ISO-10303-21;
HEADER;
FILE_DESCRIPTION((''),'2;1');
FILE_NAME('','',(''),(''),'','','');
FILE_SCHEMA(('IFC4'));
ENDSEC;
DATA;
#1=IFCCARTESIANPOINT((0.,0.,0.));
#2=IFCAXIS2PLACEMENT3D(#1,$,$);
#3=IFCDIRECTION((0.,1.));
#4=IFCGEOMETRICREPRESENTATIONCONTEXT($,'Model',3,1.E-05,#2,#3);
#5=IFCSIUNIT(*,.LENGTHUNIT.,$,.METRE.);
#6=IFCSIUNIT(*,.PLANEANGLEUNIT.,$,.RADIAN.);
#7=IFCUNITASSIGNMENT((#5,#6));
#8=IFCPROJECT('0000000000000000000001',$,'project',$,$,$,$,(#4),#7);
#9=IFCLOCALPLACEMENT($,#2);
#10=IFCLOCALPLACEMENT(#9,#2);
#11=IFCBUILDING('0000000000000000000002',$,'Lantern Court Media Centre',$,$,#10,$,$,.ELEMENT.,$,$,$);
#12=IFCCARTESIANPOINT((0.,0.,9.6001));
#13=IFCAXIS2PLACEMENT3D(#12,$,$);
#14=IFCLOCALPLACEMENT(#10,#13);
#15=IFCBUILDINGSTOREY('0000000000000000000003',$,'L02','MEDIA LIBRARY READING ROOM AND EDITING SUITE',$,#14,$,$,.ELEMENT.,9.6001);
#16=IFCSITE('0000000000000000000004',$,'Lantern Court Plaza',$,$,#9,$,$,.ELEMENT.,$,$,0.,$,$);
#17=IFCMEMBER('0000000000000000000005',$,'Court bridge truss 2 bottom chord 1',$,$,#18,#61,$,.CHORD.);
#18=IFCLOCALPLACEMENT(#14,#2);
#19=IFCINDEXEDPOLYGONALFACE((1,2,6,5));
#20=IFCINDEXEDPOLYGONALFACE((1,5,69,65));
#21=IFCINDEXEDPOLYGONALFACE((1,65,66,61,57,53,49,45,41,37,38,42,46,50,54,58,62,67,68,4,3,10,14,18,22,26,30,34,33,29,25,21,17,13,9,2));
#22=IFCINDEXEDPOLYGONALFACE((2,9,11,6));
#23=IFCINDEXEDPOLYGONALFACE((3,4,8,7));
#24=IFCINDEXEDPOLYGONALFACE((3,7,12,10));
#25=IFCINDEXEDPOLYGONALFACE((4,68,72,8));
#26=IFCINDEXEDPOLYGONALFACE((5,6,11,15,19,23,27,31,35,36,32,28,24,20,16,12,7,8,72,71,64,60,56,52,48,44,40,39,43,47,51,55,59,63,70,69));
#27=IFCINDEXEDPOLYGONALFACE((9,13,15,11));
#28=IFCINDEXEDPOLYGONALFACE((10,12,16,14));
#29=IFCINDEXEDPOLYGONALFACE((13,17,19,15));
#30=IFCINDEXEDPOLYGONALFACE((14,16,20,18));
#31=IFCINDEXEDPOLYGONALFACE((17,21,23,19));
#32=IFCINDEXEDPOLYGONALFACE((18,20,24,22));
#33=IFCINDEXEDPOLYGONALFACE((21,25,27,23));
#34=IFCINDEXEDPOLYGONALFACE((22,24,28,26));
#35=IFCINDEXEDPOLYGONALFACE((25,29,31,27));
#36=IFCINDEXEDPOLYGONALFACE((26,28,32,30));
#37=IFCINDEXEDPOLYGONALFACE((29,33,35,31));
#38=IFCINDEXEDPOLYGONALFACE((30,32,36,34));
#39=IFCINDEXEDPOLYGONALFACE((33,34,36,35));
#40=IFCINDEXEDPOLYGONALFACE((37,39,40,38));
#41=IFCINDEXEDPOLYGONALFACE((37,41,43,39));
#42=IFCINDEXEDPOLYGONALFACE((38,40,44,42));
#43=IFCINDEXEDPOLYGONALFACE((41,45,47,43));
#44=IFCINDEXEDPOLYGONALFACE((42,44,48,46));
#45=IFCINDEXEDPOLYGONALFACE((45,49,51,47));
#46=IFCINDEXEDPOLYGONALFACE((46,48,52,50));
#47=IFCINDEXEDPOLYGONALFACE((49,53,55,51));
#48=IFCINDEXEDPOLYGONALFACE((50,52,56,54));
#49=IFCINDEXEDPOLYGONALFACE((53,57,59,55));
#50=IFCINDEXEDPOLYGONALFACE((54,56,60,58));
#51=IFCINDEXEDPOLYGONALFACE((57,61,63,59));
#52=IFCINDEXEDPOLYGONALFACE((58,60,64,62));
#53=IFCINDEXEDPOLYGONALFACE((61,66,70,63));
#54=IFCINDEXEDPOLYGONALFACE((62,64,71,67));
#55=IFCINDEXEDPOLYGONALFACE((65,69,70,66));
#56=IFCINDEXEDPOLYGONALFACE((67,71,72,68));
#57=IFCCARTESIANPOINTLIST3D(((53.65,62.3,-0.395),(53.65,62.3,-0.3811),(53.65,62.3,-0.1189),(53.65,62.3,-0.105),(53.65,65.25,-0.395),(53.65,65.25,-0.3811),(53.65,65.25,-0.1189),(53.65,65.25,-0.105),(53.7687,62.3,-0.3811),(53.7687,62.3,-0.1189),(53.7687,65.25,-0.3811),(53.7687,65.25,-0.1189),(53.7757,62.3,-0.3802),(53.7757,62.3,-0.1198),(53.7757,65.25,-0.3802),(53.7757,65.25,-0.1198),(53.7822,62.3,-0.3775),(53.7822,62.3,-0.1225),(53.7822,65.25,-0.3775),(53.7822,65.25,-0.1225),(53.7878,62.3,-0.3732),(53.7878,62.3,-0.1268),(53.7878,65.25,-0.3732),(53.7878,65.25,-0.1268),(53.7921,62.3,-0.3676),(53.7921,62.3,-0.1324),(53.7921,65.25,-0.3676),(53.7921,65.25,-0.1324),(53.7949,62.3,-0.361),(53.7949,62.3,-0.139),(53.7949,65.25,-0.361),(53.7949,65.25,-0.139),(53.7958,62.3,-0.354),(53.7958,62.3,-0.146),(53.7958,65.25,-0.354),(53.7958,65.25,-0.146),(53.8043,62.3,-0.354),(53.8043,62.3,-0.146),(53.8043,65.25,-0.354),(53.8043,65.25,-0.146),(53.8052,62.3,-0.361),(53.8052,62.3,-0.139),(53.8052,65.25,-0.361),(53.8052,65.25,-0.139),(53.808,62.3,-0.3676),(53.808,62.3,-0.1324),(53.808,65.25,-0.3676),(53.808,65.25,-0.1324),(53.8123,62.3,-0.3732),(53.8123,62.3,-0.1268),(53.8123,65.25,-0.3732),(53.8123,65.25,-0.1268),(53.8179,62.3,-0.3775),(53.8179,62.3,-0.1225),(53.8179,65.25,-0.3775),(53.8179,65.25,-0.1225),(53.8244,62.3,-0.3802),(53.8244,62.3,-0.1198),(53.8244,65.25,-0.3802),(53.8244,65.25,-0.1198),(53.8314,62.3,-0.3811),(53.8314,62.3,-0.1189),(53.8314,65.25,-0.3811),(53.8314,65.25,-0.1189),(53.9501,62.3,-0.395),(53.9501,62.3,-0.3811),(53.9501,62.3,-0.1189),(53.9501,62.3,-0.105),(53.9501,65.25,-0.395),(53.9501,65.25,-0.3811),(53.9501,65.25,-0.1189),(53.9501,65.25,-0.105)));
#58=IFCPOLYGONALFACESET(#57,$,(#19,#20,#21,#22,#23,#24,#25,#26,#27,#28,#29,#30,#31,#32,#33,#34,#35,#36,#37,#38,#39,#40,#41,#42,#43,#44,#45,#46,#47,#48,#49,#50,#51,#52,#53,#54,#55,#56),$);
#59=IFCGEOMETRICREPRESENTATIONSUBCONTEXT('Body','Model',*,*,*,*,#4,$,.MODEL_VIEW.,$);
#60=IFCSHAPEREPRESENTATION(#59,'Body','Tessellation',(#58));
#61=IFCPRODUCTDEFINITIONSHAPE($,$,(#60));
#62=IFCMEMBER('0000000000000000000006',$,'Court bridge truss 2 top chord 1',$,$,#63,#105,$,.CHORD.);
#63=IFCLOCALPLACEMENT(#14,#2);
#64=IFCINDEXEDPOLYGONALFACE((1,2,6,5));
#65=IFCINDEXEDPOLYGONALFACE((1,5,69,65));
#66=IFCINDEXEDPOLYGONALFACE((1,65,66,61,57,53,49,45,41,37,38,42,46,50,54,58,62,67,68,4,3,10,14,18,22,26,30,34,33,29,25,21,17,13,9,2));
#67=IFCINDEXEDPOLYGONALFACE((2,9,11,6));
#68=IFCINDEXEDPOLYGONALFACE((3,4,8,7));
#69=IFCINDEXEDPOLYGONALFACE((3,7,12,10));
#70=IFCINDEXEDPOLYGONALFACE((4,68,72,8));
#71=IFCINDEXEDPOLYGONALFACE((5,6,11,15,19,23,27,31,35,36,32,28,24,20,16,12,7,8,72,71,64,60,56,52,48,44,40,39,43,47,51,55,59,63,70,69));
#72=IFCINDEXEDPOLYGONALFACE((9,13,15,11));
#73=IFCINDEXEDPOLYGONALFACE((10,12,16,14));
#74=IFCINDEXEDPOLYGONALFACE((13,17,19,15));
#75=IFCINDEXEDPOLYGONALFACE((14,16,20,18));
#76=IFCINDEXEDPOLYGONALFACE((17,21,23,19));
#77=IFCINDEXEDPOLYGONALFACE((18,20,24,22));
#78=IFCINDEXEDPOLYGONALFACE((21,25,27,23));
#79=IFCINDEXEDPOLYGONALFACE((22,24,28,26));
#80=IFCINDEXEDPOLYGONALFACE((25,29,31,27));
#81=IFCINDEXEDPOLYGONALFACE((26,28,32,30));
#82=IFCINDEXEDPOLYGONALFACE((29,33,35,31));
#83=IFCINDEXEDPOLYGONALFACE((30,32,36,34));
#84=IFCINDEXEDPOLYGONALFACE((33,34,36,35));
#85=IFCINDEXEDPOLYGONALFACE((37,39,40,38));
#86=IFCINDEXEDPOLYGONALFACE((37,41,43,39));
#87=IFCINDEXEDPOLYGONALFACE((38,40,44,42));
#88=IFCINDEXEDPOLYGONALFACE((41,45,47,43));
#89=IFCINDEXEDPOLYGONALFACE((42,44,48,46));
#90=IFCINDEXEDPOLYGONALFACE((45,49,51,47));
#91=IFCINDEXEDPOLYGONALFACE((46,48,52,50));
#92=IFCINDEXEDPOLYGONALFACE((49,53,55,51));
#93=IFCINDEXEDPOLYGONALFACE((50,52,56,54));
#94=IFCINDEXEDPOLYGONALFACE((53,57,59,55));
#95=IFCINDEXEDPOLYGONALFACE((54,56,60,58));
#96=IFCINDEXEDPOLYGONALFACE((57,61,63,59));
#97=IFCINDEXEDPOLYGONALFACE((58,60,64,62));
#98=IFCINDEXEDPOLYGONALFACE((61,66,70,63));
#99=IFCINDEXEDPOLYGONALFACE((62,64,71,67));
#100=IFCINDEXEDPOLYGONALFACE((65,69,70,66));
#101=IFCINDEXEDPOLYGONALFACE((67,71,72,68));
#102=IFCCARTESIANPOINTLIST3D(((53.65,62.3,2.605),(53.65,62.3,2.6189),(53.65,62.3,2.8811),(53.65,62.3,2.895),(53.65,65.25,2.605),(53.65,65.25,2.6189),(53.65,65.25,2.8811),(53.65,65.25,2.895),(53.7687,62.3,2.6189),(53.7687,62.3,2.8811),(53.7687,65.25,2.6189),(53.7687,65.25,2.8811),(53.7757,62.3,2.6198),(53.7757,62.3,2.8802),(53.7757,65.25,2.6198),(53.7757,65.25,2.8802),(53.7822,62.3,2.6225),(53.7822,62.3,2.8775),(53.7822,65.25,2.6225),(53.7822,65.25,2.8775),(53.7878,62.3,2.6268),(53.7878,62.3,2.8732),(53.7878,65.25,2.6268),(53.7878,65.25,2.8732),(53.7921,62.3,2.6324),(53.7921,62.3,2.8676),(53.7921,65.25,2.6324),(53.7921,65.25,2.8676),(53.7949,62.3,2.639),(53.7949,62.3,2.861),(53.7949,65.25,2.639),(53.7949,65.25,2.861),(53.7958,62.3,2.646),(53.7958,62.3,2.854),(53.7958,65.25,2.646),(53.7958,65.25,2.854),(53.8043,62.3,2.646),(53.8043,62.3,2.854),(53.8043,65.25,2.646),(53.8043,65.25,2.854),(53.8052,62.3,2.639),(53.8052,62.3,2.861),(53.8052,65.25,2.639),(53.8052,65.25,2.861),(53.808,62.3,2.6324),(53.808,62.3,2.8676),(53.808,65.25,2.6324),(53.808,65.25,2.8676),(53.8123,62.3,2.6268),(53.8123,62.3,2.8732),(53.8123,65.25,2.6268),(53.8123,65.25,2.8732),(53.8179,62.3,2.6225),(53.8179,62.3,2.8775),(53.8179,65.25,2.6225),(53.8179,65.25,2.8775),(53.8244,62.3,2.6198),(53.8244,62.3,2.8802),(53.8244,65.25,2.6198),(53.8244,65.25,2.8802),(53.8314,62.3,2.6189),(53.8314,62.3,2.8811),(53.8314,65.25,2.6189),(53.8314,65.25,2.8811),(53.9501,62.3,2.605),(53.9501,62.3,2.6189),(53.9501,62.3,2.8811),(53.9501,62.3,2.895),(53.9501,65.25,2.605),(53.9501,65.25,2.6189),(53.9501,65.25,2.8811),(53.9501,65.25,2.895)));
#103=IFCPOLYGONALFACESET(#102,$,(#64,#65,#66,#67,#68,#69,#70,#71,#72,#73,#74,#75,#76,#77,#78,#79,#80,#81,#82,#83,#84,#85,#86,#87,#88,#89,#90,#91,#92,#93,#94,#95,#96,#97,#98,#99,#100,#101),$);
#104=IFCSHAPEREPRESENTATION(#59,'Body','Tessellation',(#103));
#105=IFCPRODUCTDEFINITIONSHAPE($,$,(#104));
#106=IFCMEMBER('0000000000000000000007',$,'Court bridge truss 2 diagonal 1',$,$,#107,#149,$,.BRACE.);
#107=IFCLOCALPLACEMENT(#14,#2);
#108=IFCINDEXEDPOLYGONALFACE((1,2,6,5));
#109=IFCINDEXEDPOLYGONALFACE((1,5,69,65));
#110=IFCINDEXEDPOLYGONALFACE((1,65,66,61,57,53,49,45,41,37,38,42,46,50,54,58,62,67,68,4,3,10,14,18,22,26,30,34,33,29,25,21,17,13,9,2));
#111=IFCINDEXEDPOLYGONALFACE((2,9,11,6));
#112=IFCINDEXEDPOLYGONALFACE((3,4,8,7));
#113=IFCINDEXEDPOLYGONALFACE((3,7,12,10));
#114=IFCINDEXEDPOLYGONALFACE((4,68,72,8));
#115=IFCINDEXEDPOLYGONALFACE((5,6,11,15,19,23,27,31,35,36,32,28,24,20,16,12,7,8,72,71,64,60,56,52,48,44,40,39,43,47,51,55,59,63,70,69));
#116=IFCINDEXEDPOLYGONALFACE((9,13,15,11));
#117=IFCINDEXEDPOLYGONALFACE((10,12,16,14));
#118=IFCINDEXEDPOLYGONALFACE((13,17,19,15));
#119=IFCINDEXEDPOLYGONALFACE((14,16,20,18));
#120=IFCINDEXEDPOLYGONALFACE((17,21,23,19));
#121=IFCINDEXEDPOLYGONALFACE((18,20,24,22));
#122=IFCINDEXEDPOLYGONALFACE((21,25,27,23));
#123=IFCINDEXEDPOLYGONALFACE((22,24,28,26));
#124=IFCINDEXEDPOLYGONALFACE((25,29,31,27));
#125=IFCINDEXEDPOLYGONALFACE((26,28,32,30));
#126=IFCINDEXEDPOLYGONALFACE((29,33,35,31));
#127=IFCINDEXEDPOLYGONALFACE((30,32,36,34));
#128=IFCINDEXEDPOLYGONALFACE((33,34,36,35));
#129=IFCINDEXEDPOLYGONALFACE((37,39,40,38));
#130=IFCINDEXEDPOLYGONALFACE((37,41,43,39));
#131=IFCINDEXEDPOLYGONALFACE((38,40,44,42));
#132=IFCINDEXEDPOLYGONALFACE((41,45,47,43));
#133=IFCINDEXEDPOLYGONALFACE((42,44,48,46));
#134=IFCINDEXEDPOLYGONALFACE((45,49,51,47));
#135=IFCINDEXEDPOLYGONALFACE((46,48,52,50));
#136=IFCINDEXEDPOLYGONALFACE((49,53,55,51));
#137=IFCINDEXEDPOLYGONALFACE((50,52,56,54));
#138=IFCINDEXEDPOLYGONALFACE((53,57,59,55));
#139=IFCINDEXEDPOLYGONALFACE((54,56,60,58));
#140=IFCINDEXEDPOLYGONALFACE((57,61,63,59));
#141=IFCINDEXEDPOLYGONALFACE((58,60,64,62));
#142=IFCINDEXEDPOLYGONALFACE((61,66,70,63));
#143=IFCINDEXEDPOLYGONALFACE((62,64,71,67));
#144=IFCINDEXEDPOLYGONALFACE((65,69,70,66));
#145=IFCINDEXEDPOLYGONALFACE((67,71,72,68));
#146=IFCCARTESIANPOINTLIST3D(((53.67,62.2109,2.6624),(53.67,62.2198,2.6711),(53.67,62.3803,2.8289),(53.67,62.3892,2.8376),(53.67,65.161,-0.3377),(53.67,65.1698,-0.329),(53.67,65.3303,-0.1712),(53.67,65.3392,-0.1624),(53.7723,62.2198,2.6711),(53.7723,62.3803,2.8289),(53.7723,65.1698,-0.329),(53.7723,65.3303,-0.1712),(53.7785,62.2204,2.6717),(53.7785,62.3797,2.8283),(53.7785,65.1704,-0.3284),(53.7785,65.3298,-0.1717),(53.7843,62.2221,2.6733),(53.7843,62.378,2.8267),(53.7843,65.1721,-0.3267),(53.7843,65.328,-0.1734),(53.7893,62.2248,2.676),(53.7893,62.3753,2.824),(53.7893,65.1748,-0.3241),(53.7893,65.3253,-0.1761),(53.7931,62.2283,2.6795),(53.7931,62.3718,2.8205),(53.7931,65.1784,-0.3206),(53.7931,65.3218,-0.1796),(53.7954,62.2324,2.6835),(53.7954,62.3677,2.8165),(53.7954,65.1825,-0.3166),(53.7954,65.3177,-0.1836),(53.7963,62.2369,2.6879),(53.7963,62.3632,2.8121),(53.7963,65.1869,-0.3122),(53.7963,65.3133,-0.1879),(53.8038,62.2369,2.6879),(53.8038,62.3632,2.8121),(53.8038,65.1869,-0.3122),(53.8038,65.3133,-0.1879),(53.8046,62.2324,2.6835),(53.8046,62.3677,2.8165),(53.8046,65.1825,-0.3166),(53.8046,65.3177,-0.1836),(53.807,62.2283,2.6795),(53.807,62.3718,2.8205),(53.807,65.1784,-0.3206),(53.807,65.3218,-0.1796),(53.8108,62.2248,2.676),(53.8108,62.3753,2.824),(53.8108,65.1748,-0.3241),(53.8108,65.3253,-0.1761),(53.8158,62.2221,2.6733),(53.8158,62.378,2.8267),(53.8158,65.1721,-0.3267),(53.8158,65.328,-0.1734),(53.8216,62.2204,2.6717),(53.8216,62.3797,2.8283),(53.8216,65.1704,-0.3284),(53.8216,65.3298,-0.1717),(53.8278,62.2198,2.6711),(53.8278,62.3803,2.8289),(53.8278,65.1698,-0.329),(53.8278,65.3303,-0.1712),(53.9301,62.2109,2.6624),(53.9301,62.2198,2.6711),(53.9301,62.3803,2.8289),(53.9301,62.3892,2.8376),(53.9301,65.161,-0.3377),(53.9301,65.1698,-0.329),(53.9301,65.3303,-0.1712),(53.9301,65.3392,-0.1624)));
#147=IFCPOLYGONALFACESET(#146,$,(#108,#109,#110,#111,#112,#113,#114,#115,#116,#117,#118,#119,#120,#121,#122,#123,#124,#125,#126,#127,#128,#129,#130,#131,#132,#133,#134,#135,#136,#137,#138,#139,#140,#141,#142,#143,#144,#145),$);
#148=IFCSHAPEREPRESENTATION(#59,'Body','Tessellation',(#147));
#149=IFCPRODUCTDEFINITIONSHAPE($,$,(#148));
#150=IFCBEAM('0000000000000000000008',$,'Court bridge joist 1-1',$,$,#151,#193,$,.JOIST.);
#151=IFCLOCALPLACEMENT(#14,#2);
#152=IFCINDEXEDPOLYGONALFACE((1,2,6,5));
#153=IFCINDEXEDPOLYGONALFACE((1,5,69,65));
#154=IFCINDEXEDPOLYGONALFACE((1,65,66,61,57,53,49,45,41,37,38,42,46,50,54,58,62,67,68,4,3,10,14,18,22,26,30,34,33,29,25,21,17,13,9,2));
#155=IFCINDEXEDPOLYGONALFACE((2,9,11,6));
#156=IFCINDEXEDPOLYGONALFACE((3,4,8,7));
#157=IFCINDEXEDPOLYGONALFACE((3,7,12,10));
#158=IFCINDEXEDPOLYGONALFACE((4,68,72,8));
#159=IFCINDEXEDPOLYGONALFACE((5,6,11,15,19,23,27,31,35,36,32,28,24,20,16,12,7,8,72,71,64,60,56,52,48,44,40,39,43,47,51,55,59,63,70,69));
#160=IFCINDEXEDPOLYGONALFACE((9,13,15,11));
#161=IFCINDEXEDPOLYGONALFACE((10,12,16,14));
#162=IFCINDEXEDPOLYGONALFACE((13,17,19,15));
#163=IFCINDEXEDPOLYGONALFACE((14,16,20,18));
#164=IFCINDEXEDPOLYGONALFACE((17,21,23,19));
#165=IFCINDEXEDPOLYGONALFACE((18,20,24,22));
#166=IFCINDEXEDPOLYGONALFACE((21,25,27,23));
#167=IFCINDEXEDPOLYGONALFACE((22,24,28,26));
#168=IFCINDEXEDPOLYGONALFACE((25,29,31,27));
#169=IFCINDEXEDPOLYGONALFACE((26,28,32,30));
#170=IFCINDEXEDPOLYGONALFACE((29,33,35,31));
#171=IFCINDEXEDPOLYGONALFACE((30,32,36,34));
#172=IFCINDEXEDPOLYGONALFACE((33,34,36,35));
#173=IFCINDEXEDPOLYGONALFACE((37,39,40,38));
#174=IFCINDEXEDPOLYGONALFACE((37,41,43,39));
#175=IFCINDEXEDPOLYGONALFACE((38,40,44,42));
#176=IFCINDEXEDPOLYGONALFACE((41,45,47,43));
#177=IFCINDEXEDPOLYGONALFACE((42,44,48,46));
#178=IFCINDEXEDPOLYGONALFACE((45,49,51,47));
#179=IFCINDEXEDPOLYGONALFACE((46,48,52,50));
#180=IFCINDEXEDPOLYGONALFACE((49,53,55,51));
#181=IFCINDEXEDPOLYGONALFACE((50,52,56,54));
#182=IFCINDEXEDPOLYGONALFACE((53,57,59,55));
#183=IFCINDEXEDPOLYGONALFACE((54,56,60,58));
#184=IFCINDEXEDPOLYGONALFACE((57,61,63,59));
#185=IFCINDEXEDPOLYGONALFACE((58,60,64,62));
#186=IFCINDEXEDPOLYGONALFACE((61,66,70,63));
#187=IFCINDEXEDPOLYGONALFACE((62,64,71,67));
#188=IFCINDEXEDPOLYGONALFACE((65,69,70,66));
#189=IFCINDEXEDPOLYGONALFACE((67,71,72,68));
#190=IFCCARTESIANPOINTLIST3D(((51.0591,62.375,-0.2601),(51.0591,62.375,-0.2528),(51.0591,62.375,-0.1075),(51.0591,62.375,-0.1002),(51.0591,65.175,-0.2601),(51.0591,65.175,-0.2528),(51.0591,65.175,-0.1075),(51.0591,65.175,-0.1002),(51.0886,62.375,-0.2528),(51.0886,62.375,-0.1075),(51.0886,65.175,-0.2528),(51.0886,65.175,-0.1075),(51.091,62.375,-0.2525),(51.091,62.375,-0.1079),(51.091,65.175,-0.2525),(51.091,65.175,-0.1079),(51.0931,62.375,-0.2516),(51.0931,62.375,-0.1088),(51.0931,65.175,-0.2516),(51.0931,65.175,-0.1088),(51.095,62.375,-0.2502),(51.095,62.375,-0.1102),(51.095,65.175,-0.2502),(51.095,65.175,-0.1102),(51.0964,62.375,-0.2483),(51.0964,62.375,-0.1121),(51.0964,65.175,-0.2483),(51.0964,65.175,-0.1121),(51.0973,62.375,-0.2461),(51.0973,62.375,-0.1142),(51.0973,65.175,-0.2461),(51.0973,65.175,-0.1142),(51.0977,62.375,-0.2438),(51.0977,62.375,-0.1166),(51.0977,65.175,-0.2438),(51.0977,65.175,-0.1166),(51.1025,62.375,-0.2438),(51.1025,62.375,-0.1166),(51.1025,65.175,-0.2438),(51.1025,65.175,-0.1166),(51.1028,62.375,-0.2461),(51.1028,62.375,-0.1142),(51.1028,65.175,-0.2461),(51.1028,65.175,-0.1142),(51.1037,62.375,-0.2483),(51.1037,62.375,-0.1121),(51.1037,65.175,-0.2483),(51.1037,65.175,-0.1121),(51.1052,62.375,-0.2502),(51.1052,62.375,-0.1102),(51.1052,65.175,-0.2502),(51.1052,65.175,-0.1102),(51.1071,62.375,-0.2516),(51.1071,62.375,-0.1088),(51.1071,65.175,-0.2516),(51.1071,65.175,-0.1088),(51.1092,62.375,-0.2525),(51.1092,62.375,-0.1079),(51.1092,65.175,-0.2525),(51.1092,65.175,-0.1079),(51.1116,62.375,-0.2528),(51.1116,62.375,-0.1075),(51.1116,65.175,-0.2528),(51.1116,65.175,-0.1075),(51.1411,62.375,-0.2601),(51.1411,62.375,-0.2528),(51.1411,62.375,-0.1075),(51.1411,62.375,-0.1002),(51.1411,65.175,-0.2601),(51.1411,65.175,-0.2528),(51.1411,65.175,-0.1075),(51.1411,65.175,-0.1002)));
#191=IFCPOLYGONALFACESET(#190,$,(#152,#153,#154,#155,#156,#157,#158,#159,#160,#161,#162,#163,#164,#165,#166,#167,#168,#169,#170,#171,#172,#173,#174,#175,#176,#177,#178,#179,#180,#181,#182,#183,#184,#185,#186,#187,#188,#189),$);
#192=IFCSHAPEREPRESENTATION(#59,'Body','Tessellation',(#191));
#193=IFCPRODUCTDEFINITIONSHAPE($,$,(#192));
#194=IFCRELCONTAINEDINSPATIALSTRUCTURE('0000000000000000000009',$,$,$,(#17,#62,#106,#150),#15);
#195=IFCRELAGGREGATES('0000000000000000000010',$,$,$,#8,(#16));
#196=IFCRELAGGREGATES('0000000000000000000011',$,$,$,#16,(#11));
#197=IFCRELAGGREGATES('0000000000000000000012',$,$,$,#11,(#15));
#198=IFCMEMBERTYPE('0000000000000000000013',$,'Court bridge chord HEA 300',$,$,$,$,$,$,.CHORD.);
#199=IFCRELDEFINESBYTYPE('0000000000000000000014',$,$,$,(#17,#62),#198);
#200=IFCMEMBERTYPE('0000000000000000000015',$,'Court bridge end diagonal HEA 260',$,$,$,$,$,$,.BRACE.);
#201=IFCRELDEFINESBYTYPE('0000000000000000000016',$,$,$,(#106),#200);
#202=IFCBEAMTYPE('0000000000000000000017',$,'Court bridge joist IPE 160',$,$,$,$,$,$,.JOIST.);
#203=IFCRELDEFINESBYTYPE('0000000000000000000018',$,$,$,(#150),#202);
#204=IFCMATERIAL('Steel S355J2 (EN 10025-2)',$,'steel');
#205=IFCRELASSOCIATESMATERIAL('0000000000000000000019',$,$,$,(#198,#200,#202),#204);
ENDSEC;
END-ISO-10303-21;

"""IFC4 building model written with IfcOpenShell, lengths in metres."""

from ifc_helpers import new_model, si_unit, direction, frame, origin, origin_2d, place, context, subcontext, project, spatial, i_section, extrude, material, material_profile, profile_set, type_object, element, save


model = new_model("IFC4")

# Units and contexts
model_context = context("Model", 3, precision=1e-05, world=origin(), true_north=direction((0.0, 1.0)))
body_context = subcontext(model_context, "Body", "Model", "MODEL_VIEW")
ifc_project = project(units=[si_unit("LENGTHUNIT", "METRE"), si_unit("PLANEANGLEUNIT", "RADIAN")], contexts=[model_context])

# Site, building, storey
site_placement = place(None, origin())
site = spatial("IfcSite", under=ifc_project, at=site_placement, Name="Lantern Court Plaza", CompositionType="ELEMENT", RefElevation=0.0)
building_placement = place(site_placement, origin())
building = spatial("IfcBuilding", under=site, at=building_placement, Name="Lantern Court Media Centre", CompositionType="ELEMENT")
storey_placement = place(building_placement, frame((0.0, 0.0, 9.6001)))
storey = spatial("IfcBuildingStorey", under=building, at=storey_placement, Name="L02", Description="MEDIA LIBRARY READING ROOM AND EDITING SUITE", CompositionType="ELEMENT", Elevation=9.6001)

# Members
ifc_material_1 = material(Name="Steel S355J2 (EN 10025-2)", Category="steel")
ifc_material_profile_1 = material_profile(ifc_material_1, i_section(OverallWidth=0.3, OverallDepth=0.29, WebThickness=0.0085, FlangeThickness=0.0139, FilletRadius=0.0271, at=origin_2d()), Name="HEA 300")
ifc_profile_set_1 = profile_set([ifc_material_profile_1], Name="Steel S355J2 (EN 10025-2)")
member_type_1 = type_object("IfcMemberType", Name="Court bridge chord HEA 300", PredefinedType="CHORD", material=ifc_profile_set_1)
for number, where, z_axis, x_axis, name in (
    (1, (53.8, 62.3, -0.25), (0.0, 1.0, 0.0), (-1.0, 0.0, 0.0), "Court bridge truss 2 bottom chord 1"),
    (2, (53.8, 62.3, 2.75), (0.0, 1.0, 0.0), (-1.0, 0.0, 0.0), "Court bridge truss 2 top chord 1"),
):
    element("IfcMember", number, at=place(storey_placement, frame(where, z_axis=z_axis, x_axis=x_axis)), inside=storey, type_object=member_type_1, Name=name, PredefinedType="CHORD", context=body_context, shape_type="SweptSolid", body=[
        extrude(i_section(OverallWidth=0.3, OverallDepth=0.29, WebThickness=0.0085, FlangeThickness=0.0139, FilletRadius=0.0271, at=origin_2d()), origin(), (0.0, 0.0, 1.0), 2.95),
    ])
ifc_material_profile_2 = material_profile(ifc_material_1, i_section(OverallWidth=0.26, OverallDepth=0.25, WebThickness=0.0076, FlangeThickness=0.0125, FilletRadius=0.0239, at=origin_2d()), Name="HEA 260")
ifc_profile_set_2 = profile_set([ifc_material_profile_2], Name="Steel S355J2 (EN 10025-2)")
member_type_2 = type_object("IfcMemberType", Name="Court bridge end diagonal HEA 260", PredefinedType="BRACE", material=ifc_profile_set_2)
member_1_placement = place(storey_placement, frame((53.8, 62.3, 2.75), z_axis=(0.0, 0.701134, -0.713029), x_axis=(-1.0, 0.0, 0.0)))
element("IfcMember", 3, at=member_1_placement, inside=storey, type_object=member_type_2, Name="Court bridge truss 2 diagonal 1", PredefinedType="BRACE", context=body_context, shape_type="SweptSolid", body=[
    extrude(i_section(OverallWidth=0.26, OverallDepth=0.25, WebThickness=0.0076, FlangeThickness=0.0125, FilletRadius=0.0239, at=origin_2d()), origin(), (0.0, 0.0, 1.0), 4.2075),
])

# Beam
ifc_material_profile_3 = material_profile(ifc_material_1, i_section(OverallWidth=0.082, OverallDepth=0.1599, WebThickness=0.0049, FlangeThickness=0.0073, FilletRadius=0.009, at=origin_2d()), Name="IPE 160")
ifc_profile_set_3 = profile_set([ifc_material_profile_3], Name="Steel S355J2 (EN 10025-2)")
beam_type_1 = type_object("IfcBeamType", Name="Court bridge joist IPE 160", PredefinedType="JOIST", material=ifc_profile_set_3)
for number, where, z_axis, x_axis, name in (
    (4, (51.1001, 62.375, -0.1802), (0.0, 1.0, 0.0), (-1.0, 0.0, 0.0), "Court bridge joist 1-1"),
):
    element("IfcBeam", number, at=place(storey_placement, frame(where, z_axis=z_axis, x_axis=x_axis)), inside=storey, type_object=beam_type_1, Name=name, PredefinedType="JOIST", context=body_context, shape_type="SweptSolid", body=[
        extrude(i_section(OverallWidth=0.082, OverallDepth=0.1599, WebThickness=0.0049, FlangeThickness=0.0073, FilletRadius=0.009, at=origin_2d()), origin(), (0.0, 0.0, 1.0), 2.8),
    ])

save(model, "model.ifc")
